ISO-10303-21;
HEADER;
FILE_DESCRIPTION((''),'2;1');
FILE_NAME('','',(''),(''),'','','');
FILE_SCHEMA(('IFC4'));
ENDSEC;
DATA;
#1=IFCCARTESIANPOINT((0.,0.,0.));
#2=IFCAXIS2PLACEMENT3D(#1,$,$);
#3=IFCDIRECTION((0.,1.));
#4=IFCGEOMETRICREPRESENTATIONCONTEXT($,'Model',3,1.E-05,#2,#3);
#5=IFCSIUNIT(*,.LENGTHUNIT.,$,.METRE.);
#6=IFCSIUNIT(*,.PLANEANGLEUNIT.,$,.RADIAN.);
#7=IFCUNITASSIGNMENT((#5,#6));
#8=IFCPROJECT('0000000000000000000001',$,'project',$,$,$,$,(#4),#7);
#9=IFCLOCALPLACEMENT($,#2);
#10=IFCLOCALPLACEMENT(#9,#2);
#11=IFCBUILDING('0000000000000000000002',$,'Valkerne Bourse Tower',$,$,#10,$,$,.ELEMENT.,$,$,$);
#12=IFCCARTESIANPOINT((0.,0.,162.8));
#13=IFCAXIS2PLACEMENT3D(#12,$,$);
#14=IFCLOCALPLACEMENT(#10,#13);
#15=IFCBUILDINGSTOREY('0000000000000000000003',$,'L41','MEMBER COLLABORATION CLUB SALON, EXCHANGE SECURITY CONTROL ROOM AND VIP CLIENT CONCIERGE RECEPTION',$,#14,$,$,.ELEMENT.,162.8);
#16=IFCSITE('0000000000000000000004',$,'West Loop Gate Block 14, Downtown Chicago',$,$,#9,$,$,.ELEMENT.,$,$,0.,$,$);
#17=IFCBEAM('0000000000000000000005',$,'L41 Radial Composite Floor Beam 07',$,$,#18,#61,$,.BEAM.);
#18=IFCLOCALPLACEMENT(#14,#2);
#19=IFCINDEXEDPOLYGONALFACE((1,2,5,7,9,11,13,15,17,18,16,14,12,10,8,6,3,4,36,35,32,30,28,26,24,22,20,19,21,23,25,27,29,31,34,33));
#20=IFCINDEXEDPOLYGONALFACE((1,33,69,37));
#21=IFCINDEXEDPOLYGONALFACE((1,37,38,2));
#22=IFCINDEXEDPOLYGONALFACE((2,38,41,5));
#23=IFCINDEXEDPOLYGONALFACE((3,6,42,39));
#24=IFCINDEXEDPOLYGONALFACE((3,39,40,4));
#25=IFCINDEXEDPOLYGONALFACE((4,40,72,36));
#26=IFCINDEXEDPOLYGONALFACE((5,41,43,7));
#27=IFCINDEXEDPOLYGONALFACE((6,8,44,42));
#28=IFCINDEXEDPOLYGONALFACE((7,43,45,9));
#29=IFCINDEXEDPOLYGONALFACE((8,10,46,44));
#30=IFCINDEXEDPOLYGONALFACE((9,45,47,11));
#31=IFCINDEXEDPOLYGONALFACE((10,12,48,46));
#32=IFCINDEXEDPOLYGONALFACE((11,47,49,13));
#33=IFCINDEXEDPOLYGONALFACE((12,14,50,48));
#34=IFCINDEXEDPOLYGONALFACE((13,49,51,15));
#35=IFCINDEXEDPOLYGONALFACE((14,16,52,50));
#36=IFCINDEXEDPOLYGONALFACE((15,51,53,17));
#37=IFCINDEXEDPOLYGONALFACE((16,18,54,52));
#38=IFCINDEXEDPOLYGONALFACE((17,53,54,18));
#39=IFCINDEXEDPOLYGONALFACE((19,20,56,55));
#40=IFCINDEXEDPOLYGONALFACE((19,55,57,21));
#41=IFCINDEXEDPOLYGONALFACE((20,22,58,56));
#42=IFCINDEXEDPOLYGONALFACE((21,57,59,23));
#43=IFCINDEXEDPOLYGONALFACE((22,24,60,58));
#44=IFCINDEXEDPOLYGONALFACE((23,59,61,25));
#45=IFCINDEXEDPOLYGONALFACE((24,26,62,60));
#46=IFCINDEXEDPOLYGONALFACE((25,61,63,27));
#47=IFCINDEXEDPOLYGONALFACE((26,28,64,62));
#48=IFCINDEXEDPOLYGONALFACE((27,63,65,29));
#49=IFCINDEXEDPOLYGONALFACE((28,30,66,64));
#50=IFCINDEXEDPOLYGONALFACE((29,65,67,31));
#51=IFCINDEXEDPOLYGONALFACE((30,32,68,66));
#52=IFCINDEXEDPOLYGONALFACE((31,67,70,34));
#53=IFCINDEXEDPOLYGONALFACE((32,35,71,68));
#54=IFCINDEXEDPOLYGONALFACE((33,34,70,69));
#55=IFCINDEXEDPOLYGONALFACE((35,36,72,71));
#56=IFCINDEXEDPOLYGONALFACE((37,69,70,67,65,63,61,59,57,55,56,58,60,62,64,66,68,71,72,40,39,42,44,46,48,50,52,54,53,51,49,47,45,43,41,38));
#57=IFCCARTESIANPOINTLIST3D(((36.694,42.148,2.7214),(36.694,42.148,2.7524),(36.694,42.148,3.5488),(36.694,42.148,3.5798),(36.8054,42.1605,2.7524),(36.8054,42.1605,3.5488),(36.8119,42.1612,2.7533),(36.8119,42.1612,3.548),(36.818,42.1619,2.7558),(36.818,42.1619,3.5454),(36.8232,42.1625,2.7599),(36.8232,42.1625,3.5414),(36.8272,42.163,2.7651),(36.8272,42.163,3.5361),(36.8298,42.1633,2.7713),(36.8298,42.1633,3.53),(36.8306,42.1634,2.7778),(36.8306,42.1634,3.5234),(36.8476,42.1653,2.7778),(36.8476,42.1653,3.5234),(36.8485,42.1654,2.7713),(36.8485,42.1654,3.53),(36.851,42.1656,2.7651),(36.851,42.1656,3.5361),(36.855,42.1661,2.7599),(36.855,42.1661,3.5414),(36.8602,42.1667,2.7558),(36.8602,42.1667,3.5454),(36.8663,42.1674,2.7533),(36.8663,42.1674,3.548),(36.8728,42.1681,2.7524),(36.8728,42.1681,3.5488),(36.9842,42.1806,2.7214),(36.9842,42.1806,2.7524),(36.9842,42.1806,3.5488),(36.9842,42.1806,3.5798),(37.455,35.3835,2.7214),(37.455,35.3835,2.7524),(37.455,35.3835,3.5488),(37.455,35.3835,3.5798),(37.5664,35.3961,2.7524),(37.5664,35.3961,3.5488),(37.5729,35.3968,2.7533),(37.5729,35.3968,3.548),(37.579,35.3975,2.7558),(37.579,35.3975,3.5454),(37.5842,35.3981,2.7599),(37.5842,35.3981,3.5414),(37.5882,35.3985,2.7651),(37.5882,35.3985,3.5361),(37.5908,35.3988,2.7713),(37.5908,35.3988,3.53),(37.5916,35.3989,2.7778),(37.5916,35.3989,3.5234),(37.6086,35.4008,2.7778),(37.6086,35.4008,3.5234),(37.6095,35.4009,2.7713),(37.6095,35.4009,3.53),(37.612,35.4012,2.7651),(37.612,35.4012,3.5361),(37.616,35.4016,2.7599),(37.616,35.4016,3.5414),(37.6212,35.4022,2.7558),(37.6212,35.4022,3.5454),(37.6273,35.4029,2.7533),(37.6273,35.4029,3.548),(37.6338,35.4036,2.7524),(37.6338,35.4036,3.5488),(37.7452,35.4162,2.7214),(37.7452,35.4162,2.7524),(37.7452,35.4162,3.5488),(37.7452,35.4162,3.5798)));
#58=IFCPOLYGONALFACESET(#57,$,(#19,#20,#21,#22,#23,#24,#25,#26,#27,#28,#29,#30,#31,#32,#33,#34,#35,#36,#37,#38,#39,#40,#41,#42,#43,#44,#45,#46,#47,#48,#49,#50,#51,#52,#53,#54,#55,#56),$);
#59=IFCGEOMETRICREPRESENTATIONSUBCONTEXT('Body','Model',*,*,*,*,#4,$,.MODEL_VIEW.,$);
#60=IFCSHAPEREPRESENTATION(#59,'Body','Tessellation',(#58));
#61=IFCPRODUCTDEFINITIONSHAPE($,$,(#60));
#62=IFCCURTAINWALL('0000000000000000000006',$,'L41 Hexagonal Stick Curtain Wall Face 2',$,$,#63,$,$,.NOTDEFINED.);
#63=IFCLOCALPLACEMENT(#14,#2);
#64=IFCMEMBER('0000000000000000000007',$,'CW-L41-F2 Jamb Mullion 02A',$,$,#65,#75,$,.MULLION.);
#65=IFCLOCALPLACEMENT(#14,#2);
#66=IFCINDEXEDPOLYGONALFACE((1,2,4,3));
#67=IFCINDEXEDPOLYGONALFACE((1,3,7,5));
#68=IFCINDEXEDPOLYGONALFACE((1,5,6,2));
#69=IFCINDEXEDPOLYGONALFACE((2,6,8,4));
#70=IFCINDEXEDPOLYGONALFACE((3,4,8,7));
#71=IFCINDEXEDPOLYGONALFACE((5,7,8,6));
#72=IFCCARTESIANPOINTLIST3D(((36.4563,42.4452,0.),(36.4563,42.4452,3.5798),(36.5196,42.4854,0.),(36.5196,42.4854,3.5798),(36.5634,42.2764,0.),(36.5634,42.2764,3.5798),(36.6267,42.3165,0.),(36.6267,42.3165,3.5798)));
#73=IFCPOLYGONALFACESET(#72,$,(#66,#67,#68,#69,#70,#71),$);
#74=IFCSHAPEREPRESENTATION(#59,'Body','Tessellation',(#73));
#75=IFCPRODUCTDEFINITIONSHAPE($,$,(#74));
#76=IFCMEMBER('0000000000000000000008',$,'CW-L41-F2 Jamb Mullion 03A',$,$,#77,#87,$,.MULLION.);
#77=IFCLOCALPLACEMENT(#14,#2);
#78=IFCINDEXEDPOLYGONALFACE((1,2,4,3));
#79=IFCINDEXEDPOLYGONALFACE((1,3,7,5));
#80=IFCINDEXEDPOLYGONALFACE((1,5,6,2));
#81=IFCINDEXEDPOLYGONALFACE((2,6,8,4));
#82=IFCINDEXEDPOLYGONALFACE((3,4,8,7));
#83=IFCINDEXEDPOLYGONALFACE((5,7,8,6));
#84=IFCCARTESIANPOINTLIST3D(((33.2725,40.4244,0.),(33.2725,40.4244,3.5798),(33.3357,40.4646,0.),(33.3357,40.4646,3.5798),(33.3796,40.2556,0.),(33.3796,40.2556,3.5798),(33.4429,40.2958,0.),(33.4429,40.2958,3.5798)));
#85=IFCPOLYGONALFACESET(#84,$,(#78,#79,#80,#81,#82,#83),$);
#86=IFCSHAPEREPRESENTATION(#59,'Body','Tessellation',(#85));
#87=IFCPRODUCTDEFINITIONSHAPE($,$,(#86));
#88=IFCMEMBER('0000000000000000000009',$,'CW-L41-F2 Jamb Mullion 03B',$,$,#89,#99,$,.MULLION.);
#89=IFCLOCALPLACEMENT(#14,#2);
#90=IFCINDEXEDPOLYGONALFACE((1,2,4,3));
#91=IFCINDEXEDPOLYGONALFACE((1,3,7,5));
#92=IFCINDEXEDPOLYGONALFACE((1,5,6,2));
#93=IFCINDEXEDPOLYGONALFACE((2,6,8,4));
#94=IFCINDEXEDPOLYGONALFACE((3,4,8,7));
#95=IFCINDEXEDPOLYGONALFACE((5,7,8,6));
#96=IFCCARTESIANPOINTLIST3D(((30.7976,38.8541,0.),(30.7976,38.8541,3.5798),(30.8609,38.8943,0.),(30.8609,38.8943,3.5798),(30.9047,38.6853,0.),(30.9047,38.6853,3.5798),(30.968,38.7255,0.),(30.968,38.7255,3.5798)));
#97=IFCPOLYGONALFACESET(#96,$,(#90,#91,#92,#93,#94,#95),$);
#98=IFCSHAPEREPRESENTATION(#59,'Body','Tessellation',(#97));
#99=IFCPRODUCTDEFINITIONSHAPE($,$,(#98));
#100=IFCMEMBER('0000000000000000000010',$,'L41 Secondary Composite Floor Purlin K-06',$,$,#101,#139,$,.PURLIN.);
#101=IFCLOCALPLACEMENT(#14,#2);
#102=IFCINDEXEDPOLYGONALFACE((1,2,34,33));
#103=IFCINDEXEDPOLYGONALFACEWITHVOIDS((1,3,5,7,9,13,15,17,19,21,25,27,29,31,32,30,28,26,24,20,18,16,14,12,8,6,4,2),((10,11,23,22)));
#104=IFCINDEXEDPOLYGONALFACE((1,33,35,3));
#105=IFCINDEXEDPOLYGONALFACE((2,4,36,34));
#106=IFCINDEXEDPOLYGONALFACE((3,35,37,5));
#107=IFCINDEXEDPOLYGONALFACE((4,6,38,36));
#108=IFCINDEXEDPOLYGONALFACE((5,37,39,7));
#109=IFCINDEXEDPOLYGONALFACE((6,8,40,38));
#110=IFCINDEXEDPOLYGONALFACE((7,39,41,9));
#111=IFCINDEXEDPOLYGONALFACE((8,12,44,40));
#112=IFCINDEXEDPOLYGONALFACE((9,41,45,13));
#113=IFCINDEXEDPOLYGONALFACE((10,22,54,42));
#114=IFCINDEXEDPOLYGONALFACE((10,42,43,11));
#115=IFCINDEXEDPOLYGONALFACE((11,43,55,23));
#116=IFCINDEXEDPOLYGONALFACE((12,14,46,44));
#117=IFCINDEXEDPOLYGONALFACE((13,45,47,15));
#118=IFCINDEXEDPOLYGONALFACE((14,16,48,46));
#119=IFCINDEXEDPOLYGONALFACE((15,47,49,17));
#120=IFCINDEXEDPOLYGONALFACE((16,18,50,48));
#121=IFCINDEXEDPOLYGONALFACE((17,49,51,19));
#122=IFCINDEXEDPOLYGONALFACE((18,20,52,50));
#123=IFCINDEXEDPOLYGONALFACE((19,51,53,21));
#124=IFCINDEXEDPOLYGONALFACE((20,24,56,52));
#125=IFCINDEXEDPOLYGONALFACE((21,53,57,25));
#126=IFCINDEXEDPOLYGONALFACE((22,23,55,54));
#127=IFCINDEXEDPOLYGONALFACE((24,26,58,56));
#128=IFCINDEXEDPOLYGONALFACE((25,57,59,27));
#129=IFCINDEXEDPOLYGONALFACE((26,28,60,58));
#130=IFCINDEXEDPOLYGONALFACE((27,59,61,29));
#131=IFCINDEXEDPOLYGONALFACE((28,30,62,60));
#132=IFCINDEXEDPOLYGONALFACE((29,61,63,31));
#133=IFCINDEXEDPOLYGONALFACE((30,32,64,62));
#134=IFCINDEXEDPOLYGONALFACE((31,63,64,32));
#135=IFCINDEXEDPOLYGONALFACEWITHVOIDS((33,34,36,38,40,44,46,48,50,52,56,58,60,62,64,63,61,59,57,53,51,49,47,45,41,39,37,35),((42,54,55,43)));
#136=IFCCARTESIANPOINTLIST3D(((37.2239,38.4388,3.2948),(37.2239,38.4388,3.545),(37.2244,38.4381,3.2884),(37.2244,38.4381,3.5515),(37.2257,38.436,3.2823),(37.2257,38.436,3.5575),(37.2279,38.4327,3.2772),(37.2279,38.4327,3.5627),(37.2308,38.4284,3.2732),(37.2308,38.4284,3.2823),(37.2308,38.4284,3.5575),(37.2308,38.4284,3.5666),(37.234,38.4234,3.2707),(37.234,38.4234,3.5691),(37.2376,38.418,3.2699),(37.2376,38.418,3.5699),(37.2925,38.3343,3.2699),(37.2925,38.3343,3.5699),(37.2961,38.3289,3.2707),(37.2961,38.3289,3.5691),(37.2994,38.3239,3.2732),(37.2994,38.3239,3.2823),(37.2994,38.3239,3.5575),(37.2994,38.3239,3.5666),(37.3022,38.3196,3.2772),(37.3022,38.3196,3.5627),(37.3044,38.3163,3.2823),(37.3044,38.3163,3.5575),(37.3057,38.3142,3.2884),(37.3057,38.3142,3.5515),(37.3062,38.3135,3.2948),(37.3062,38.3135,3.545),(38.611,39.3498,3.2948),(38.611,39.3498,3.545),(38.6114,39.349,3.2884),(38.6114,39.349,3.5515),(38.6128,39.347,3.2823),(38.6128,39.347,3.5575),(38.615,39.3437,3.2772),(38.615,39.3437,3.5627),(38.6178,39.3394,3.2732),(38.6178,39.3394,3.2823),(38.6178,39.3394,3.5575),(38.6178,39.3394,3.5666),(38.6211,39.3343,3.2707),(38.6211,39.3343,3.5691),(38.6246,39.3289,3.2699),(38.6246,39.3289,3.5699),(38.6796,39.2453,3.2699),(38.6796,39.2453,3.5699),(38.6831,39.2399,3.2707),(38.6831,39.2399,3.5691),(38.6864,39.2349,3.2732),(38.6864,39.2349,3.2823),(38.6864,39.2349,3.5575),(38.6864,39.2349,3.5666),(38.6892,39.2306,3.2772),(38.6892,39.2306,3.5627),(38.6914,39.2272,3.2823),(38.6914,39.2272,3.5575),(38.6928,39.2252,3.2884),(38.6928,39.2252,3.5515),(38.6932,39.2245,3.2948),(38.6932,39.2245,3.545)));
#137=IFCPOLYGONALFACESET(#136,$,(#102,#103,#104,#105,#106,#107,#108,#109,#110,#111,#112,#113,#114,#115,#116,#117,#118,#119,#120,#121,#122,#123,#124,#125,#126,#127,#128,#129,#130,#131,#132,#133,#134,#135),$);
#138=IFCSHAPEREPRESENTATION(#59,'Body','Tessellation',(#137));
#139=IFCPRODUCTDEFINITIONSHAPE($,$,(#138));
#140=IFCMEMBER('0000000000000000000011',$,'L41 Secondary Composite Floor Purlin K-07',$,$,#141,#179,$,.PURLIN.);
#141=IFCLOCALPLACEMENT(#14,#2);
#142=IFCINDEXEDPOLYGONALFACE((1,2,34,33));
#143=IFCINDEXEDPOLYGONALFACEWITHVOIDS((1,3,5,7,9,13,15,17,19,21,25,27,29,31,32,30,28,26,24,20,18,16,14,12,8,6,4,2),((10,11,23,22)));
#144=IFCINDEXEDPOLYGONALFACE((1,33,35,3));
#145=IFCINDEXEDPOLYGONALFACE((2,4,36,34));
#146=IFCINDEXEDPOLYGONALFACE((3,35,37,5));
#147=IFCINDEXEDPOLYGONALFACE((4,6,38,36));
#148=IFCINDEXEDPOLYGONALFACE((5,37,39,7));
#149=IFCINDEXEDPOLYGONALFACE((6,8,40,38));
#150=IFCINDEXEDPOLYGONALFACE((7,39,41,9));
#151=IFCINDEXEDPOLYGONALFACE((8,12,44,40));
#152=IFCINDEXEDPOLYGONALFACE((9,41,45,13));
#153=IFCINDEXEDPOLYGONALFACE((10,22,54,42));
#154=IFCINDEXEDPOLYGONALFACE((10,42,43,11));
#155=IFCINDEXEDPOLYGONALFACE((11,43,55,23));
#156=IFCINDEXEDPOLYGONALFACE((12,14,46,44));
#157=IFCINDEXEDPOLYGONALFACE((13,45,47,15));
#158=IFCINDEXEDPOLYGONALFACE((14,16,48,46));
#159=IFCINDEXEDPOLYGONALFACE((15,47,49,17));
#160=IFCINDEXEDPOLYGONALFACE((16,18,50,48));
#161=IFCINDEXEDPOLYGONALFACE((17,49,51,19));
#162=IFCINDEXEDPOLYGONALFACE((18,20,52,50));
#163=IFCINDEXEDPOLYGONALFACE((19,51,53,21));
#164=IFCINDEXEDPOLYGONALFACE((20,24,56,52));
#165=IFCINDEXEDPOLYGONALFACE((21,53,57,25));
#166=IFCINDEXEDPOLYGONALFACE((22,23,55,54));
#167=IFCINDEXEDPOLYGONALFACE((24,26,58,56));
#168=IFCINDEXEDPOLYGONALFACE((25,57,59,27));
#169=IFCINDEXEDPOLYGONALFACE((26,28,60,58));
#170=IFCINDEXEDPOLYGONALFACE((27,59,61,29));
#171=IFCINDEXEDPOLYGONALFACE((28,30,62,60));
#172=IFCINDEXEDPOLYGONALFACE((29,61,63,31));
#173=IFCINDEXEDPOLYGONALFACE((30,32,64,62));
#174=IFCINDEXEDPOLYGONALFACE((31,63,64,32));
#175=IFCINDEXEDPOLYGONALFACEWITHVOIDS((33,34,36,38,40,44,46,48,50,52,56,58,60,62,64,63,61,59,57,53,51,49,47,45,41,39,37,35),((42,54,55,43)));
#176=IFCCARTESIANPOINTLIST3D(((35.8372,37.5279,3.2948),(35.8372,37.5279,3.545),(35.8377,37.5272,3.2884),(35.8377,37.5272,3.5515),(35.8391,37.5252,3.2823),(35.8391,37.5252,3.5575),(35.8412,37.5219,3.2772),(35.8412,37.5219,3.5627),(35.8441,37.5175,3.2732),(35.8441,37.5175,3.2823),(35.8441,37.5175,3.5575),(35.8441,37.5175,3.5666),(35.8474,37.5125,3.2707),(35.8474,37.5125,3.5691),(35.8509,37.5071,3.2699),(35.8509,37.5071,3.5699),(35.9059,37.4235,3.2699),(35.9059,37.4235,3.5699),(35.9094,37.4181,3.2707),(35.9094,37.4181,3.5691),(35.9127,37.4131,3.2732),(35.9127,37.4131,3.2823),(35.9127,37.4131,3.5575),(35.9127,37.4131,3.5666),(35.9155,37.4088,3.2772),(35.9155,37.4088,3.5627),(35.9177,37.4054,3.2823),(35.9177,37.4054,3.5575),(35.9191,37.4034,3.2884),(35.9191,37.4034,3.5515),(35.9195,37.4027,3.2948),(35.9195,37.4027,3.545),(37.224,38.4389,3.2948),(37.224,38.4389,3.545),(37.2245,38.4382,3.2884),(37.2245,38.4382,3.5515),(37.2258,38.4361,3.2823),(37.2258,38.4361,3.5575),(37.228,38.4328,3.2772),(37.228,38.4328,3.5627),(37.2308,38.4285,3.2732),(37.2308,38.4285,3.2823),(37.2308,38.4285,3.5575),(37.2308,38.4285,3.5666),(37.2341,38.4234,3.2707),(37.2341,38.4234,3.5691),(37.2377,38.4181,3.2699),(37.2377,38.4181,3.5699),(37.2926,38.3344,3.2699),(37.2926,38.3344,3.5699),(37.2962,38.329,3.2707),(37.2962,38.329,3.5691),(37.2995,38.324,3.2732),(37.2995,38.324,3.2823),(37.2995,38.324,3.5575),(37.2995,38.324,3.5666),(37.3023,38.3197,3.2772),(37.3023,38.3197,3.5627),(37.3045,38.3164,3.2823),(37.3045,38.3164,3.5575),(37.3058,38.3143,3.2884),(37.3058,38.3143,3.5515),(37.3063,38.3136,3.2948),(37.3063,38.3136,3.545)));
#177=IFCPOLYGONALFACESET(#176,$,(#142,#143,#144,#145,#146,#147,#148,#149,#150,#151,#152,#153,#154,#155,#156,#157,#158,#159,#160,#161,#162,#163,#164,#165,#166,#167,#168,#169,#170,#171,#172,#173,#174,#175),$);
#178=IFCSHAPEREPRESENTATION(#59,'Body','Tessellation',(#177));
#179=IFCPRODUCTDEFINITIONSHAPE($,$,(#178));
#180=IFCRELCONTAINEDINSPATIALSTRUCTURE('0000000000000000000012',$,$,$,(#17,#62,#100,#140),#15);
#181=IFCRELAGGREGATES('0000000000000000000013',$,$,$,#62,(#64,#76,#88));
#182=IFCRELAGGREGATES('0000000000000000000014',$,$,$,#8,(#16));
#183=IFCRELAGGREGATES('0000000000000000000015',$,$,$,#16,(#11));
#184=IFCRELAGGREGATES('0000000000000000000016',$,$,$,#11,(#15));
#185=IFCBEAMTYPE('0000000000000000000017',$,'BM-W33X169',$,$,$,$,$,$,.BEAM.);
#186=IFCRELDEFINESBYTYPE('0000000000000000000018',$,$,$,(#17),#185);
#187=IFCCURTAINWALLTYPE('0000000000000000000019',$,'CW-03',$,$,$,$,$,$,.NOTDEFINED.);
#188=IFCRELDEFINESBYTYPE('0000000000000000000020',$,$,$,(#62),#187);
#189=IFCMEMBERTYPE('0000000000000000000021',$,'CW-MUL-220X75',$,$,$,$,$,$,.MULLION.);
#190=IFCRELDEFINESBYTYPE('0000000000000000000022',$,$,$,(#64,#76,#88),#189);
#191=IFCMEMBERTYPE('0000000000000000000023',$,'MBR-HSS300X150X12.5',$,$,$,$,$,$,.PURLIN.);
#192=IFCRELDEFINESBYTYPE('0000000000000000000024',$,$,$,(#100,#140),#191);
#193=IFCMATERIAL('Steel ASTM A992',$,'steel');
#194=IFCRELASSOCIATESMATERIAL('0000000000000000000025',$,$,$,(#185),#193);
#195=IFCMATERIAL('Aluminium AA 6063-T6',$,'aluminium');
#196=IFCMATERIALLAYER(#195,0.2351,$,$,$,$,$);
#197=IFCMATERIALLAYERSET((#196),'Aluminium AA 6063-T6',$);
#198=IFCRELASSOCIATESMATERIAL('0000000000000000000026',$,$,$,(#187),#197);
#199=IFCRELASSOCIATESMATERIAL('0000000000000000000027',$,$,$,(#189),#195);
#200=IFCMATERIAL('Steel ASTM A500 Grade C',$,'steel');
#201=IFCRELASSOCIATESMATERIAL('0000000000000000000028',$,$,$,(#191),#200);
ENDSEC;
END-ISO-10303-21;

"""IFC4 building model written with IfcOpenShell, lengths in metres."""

from ifc_helpers import new_model, si_unit, direction, frame, origin, origin_2d, place, context, subcontext, project, spatial, rectangle, hollow_rectangle, i_section, extrude, material, layer, layer_set, material_profile, profile_set, type_object, element, aggregate, save


model = new_model("IFC4")

# Units and contexts
model_context = context("Model", 3, precision=1e-05, world=origin(), true_north=direction((0.0, 1.0)))
body_context = subcontext(model_context, "Body", "Model", "MODEL_VIEW")
ifc_project = project(units=[si_unit("LENGTHUNIT", "METRE"), si_unit("PLANEANGLEUNIT", "RADIAN")], contexts=[model_context])

# Site, building, storey
site_placement = place(None, origin())
site = spatial("IfcSite", under=ifc_project, at=site_placement, Name="West Loop Gate Block 14, Downtown Chicago", CompositionType="ELEMENT", RefElevation=0.0)
building_placement = place(site_placement, origin())
building = spatial("IfcBuilding", under=site, at=building_placement, Name="Valkerne Bourse Tower", CompositionType="ELEMENT")
storey_placement = place(building_placement, frame((0.0, 0.0, 162.8)))
storey = spatial("IfcBuildingStorey", under=building, at=storey_placement, Name="L41", Description="MEMBER COLLABORATION CLUB SALON, EXCHANGE SECURITY CONTROL ROOM AND VIP CLIENT CONCIERGE RECEPTION", CompositionType="ELEMENT", Elevation=162.8)

# Beam
ifc_material_1 = material(Name="Steel ASTM A992", Category="steel")
ifc_material_profile_1 = material_profile(ifc_material_1, i_section(OverallWidth=0.292, OverallDepth=0.8584, WebThickness=0.0171, FlangeThickness=0.031, FilletRadius=0.0254, at=origin_2d()), Name="W33X169")
ifc_profile_set_1 = profile_set([ifc_material_profile_1], Name="Steel ASTM A992")
beam_type_1 = type_object("IfcBeamType", Name="BM-W33X169", PredefinedType="BEAM", material=ifc_profile_set_1)
beam_1_placement = place(storey_placement, frame((36.8391, 42.1643, 3.1506), z_axis=(0.111793, -0.993731, 0.0), x_axis=(0.993731, 0.111793, 0.0)))
element("IfcBeam", 1, at=beam_1_placement, inside=storey, type_object=beam_type_1, Name="L41 Radial Composite Floor Beam 07", PredefinedType="BEAM", context=body_context, shape_type="SweptSolid", body=[
    extrude(i_section(OverallWidth=0.292, OverallDepth=0.8584, WebThickness=0.0171, FlangeThickness=0.031, FilletRadius=0.0254, at=origin_2d()), origin(), (0.0, 0.0, 1.0), 6.8071),
])

# Curtain wall, members
ifc_material_2 = material(Name="Aluminium AA 6063-T6", Category="aluminium")
ifc_layer_1 = layer(ifc_material_2, 0.2351)
ifc_layer_set_1 = layer_set([ifc_layer_1], Name="Aluminium AA 6063-T6")
curtain_wall_type = type_object("IfcCurtainWallType", Name="CW-03", PredefinedType="NOTDEFINED", material=ifc_layer_set_1)
curtain_wall_placement = place(storey_placement, origin())
curtain_wall = element("IfcCurtainWall", 2, at=curtain_wall_placement, inside=storey, type_object=curtain_wall_type, Name="L41 Hexagonal Stick Curtain Wall Face 2", PredefinedType="NOTDEFINED")
ifc_material_profile_2 = material_profile(ifc_material_2, rectangle(XDim=0.075, YDim=0.2, at=origin_2d()), Name="CWM-75X200")
ifc_profile_set_2 = profile_set([ifc_material_profile_2], Name="Aluminium AA 6063-T6")
member_type_1 = type_object("IfcMemberType", Name="CW-MUL-220X75", PredefinedType="MULLION", material=ifc_profile_set_2)
member_1_placement = place(storey_placement, frame((36.5415, 42.3809, 0.0), z_axis=(0.0, 0.0, 1.0), x_axis=(-0.844331, -0.535822, 0.0)))
member_1 = element("IfcMember", 3, at=member_1_placement, type_object=member_type_1, Name="CW-L41-F2 Jamb Mullion 02A", PredefinedType="MULLION", context=body_context, shape_type="SweptSolid", body=[
    extrude(rectangle(XDim=0.075, YDim=0.2, at=origin_2d()), origin(), (0.0, 0.0, 1.0), 3.5798),
])
member_2_placement = place(storey_placement, frame((33.3577, 40.3601, 0.0), z_axis=(0.0, 0.0, 1.0), x_axis=(-0.844331, -0.535822, 0.0)))
member_2 = element("IfcMember", 4, at=member_2_placement, type_object=member_type_1, Name="CW-L41-F2 Jamb Mullion 03A", PredefinedType="MULLION", context=body_context, shape_type="SweptSolid", body=[
    extrude(rectangle(XDim=0.075, YDim=0.2, at=origin_2d()), origin(), (0.0, 0.0, 1.0), 3.5798),
])
member_3_placement = place(storey_placement, frame((30.8828, 38.7898, 0.0), z_axis=(0.0, 0.0, 1.0), x_axis=(-0.844331, -0.535822, 0.0)))
member_3 = element("IfcMember", 5, at=member_3_placement, type_object=member_type_1, Name="CW-L41-F2 Jamb Mullion 03B", PredefinedType="MULLION", context=body_context, shape_type="SweptSolid", body=[
    extrude(rectangle(XDim=0.075, YDim=0.2, at=origin_2d()), origin(), (0.0, 0.0, 1.0), 3.5798),
])

# Members
ifc_material_3 = material(Name="Steel ASTM A500 Grade C", Category="steel")
ifc_material_profile_3 = material_profile(ifc_material_3, hollow_rectangle(XDim=0.1499, YDim=0.3, WallThickness=0.0125, OuterFilletRadius=0.0249, at=origin_2d()), Name="HSS300X150X12.5")
ifc_profile_set_3 = profile_set([ifc_material_profile_3], Name="Steel ASTM A500 Grade C")
member_type_2 = type_object("IfcMemberType", Name="MBR-HSS300X150X12.5", PredefinedType="PURLIN", material=ifc_profile_set_3)
member_4_placement = place(storey_placement, frame((38.6521, 39.2871, 3.4199), z_axis=(-0.835856, -0.548949, 0.0), x_axis=(0.548949, -0.835856, 0.0)))
element("IfcMember", 6, at=member_4_placement, inside=storey, type_object=member_type_2, Name="L41 Secondary Composite Floor Purlin K-06", PredefinedType="PURLIN", context=body_context, shape_type="SweptSolid", body=[
    extrude(hollow_rectangle(XDim=0.1499, YDim=0.3, WallThickness=0.0125, OuterFilletRadius=0.0249, at=origin_2d()), origin(), (0.0, 0.0, 1.0), 1.6594),
])
member_5_placement = place(storey_placement, frame((37.2651, 38.3762, 3.4199), z_axis=(-0.835812, -0.549016, 0.0), x_axis=(0.549016, -0.835812, 0.0)))
element("IfcMember", 7, at=member_5_placement, inside=storey, type_object=member_type_2, Name="L41 Secondary Composite Floor Purlin K-07", PredefinedType="PURLIN", context=body_context, shape_type="SweptSolid", body=[
    extrude(hollow_rectangle(XDim=0.1499, YDim=0.3, WallThickness=0.0125, OuterFilletRadius=0.0249, at=origin_2d()), origin(), (0.0, 0.0, 1.0), 1.6592),
])

aggregate(curtain_wall, [member_1, member_2, member_3])

save(model, "model.ifc")
